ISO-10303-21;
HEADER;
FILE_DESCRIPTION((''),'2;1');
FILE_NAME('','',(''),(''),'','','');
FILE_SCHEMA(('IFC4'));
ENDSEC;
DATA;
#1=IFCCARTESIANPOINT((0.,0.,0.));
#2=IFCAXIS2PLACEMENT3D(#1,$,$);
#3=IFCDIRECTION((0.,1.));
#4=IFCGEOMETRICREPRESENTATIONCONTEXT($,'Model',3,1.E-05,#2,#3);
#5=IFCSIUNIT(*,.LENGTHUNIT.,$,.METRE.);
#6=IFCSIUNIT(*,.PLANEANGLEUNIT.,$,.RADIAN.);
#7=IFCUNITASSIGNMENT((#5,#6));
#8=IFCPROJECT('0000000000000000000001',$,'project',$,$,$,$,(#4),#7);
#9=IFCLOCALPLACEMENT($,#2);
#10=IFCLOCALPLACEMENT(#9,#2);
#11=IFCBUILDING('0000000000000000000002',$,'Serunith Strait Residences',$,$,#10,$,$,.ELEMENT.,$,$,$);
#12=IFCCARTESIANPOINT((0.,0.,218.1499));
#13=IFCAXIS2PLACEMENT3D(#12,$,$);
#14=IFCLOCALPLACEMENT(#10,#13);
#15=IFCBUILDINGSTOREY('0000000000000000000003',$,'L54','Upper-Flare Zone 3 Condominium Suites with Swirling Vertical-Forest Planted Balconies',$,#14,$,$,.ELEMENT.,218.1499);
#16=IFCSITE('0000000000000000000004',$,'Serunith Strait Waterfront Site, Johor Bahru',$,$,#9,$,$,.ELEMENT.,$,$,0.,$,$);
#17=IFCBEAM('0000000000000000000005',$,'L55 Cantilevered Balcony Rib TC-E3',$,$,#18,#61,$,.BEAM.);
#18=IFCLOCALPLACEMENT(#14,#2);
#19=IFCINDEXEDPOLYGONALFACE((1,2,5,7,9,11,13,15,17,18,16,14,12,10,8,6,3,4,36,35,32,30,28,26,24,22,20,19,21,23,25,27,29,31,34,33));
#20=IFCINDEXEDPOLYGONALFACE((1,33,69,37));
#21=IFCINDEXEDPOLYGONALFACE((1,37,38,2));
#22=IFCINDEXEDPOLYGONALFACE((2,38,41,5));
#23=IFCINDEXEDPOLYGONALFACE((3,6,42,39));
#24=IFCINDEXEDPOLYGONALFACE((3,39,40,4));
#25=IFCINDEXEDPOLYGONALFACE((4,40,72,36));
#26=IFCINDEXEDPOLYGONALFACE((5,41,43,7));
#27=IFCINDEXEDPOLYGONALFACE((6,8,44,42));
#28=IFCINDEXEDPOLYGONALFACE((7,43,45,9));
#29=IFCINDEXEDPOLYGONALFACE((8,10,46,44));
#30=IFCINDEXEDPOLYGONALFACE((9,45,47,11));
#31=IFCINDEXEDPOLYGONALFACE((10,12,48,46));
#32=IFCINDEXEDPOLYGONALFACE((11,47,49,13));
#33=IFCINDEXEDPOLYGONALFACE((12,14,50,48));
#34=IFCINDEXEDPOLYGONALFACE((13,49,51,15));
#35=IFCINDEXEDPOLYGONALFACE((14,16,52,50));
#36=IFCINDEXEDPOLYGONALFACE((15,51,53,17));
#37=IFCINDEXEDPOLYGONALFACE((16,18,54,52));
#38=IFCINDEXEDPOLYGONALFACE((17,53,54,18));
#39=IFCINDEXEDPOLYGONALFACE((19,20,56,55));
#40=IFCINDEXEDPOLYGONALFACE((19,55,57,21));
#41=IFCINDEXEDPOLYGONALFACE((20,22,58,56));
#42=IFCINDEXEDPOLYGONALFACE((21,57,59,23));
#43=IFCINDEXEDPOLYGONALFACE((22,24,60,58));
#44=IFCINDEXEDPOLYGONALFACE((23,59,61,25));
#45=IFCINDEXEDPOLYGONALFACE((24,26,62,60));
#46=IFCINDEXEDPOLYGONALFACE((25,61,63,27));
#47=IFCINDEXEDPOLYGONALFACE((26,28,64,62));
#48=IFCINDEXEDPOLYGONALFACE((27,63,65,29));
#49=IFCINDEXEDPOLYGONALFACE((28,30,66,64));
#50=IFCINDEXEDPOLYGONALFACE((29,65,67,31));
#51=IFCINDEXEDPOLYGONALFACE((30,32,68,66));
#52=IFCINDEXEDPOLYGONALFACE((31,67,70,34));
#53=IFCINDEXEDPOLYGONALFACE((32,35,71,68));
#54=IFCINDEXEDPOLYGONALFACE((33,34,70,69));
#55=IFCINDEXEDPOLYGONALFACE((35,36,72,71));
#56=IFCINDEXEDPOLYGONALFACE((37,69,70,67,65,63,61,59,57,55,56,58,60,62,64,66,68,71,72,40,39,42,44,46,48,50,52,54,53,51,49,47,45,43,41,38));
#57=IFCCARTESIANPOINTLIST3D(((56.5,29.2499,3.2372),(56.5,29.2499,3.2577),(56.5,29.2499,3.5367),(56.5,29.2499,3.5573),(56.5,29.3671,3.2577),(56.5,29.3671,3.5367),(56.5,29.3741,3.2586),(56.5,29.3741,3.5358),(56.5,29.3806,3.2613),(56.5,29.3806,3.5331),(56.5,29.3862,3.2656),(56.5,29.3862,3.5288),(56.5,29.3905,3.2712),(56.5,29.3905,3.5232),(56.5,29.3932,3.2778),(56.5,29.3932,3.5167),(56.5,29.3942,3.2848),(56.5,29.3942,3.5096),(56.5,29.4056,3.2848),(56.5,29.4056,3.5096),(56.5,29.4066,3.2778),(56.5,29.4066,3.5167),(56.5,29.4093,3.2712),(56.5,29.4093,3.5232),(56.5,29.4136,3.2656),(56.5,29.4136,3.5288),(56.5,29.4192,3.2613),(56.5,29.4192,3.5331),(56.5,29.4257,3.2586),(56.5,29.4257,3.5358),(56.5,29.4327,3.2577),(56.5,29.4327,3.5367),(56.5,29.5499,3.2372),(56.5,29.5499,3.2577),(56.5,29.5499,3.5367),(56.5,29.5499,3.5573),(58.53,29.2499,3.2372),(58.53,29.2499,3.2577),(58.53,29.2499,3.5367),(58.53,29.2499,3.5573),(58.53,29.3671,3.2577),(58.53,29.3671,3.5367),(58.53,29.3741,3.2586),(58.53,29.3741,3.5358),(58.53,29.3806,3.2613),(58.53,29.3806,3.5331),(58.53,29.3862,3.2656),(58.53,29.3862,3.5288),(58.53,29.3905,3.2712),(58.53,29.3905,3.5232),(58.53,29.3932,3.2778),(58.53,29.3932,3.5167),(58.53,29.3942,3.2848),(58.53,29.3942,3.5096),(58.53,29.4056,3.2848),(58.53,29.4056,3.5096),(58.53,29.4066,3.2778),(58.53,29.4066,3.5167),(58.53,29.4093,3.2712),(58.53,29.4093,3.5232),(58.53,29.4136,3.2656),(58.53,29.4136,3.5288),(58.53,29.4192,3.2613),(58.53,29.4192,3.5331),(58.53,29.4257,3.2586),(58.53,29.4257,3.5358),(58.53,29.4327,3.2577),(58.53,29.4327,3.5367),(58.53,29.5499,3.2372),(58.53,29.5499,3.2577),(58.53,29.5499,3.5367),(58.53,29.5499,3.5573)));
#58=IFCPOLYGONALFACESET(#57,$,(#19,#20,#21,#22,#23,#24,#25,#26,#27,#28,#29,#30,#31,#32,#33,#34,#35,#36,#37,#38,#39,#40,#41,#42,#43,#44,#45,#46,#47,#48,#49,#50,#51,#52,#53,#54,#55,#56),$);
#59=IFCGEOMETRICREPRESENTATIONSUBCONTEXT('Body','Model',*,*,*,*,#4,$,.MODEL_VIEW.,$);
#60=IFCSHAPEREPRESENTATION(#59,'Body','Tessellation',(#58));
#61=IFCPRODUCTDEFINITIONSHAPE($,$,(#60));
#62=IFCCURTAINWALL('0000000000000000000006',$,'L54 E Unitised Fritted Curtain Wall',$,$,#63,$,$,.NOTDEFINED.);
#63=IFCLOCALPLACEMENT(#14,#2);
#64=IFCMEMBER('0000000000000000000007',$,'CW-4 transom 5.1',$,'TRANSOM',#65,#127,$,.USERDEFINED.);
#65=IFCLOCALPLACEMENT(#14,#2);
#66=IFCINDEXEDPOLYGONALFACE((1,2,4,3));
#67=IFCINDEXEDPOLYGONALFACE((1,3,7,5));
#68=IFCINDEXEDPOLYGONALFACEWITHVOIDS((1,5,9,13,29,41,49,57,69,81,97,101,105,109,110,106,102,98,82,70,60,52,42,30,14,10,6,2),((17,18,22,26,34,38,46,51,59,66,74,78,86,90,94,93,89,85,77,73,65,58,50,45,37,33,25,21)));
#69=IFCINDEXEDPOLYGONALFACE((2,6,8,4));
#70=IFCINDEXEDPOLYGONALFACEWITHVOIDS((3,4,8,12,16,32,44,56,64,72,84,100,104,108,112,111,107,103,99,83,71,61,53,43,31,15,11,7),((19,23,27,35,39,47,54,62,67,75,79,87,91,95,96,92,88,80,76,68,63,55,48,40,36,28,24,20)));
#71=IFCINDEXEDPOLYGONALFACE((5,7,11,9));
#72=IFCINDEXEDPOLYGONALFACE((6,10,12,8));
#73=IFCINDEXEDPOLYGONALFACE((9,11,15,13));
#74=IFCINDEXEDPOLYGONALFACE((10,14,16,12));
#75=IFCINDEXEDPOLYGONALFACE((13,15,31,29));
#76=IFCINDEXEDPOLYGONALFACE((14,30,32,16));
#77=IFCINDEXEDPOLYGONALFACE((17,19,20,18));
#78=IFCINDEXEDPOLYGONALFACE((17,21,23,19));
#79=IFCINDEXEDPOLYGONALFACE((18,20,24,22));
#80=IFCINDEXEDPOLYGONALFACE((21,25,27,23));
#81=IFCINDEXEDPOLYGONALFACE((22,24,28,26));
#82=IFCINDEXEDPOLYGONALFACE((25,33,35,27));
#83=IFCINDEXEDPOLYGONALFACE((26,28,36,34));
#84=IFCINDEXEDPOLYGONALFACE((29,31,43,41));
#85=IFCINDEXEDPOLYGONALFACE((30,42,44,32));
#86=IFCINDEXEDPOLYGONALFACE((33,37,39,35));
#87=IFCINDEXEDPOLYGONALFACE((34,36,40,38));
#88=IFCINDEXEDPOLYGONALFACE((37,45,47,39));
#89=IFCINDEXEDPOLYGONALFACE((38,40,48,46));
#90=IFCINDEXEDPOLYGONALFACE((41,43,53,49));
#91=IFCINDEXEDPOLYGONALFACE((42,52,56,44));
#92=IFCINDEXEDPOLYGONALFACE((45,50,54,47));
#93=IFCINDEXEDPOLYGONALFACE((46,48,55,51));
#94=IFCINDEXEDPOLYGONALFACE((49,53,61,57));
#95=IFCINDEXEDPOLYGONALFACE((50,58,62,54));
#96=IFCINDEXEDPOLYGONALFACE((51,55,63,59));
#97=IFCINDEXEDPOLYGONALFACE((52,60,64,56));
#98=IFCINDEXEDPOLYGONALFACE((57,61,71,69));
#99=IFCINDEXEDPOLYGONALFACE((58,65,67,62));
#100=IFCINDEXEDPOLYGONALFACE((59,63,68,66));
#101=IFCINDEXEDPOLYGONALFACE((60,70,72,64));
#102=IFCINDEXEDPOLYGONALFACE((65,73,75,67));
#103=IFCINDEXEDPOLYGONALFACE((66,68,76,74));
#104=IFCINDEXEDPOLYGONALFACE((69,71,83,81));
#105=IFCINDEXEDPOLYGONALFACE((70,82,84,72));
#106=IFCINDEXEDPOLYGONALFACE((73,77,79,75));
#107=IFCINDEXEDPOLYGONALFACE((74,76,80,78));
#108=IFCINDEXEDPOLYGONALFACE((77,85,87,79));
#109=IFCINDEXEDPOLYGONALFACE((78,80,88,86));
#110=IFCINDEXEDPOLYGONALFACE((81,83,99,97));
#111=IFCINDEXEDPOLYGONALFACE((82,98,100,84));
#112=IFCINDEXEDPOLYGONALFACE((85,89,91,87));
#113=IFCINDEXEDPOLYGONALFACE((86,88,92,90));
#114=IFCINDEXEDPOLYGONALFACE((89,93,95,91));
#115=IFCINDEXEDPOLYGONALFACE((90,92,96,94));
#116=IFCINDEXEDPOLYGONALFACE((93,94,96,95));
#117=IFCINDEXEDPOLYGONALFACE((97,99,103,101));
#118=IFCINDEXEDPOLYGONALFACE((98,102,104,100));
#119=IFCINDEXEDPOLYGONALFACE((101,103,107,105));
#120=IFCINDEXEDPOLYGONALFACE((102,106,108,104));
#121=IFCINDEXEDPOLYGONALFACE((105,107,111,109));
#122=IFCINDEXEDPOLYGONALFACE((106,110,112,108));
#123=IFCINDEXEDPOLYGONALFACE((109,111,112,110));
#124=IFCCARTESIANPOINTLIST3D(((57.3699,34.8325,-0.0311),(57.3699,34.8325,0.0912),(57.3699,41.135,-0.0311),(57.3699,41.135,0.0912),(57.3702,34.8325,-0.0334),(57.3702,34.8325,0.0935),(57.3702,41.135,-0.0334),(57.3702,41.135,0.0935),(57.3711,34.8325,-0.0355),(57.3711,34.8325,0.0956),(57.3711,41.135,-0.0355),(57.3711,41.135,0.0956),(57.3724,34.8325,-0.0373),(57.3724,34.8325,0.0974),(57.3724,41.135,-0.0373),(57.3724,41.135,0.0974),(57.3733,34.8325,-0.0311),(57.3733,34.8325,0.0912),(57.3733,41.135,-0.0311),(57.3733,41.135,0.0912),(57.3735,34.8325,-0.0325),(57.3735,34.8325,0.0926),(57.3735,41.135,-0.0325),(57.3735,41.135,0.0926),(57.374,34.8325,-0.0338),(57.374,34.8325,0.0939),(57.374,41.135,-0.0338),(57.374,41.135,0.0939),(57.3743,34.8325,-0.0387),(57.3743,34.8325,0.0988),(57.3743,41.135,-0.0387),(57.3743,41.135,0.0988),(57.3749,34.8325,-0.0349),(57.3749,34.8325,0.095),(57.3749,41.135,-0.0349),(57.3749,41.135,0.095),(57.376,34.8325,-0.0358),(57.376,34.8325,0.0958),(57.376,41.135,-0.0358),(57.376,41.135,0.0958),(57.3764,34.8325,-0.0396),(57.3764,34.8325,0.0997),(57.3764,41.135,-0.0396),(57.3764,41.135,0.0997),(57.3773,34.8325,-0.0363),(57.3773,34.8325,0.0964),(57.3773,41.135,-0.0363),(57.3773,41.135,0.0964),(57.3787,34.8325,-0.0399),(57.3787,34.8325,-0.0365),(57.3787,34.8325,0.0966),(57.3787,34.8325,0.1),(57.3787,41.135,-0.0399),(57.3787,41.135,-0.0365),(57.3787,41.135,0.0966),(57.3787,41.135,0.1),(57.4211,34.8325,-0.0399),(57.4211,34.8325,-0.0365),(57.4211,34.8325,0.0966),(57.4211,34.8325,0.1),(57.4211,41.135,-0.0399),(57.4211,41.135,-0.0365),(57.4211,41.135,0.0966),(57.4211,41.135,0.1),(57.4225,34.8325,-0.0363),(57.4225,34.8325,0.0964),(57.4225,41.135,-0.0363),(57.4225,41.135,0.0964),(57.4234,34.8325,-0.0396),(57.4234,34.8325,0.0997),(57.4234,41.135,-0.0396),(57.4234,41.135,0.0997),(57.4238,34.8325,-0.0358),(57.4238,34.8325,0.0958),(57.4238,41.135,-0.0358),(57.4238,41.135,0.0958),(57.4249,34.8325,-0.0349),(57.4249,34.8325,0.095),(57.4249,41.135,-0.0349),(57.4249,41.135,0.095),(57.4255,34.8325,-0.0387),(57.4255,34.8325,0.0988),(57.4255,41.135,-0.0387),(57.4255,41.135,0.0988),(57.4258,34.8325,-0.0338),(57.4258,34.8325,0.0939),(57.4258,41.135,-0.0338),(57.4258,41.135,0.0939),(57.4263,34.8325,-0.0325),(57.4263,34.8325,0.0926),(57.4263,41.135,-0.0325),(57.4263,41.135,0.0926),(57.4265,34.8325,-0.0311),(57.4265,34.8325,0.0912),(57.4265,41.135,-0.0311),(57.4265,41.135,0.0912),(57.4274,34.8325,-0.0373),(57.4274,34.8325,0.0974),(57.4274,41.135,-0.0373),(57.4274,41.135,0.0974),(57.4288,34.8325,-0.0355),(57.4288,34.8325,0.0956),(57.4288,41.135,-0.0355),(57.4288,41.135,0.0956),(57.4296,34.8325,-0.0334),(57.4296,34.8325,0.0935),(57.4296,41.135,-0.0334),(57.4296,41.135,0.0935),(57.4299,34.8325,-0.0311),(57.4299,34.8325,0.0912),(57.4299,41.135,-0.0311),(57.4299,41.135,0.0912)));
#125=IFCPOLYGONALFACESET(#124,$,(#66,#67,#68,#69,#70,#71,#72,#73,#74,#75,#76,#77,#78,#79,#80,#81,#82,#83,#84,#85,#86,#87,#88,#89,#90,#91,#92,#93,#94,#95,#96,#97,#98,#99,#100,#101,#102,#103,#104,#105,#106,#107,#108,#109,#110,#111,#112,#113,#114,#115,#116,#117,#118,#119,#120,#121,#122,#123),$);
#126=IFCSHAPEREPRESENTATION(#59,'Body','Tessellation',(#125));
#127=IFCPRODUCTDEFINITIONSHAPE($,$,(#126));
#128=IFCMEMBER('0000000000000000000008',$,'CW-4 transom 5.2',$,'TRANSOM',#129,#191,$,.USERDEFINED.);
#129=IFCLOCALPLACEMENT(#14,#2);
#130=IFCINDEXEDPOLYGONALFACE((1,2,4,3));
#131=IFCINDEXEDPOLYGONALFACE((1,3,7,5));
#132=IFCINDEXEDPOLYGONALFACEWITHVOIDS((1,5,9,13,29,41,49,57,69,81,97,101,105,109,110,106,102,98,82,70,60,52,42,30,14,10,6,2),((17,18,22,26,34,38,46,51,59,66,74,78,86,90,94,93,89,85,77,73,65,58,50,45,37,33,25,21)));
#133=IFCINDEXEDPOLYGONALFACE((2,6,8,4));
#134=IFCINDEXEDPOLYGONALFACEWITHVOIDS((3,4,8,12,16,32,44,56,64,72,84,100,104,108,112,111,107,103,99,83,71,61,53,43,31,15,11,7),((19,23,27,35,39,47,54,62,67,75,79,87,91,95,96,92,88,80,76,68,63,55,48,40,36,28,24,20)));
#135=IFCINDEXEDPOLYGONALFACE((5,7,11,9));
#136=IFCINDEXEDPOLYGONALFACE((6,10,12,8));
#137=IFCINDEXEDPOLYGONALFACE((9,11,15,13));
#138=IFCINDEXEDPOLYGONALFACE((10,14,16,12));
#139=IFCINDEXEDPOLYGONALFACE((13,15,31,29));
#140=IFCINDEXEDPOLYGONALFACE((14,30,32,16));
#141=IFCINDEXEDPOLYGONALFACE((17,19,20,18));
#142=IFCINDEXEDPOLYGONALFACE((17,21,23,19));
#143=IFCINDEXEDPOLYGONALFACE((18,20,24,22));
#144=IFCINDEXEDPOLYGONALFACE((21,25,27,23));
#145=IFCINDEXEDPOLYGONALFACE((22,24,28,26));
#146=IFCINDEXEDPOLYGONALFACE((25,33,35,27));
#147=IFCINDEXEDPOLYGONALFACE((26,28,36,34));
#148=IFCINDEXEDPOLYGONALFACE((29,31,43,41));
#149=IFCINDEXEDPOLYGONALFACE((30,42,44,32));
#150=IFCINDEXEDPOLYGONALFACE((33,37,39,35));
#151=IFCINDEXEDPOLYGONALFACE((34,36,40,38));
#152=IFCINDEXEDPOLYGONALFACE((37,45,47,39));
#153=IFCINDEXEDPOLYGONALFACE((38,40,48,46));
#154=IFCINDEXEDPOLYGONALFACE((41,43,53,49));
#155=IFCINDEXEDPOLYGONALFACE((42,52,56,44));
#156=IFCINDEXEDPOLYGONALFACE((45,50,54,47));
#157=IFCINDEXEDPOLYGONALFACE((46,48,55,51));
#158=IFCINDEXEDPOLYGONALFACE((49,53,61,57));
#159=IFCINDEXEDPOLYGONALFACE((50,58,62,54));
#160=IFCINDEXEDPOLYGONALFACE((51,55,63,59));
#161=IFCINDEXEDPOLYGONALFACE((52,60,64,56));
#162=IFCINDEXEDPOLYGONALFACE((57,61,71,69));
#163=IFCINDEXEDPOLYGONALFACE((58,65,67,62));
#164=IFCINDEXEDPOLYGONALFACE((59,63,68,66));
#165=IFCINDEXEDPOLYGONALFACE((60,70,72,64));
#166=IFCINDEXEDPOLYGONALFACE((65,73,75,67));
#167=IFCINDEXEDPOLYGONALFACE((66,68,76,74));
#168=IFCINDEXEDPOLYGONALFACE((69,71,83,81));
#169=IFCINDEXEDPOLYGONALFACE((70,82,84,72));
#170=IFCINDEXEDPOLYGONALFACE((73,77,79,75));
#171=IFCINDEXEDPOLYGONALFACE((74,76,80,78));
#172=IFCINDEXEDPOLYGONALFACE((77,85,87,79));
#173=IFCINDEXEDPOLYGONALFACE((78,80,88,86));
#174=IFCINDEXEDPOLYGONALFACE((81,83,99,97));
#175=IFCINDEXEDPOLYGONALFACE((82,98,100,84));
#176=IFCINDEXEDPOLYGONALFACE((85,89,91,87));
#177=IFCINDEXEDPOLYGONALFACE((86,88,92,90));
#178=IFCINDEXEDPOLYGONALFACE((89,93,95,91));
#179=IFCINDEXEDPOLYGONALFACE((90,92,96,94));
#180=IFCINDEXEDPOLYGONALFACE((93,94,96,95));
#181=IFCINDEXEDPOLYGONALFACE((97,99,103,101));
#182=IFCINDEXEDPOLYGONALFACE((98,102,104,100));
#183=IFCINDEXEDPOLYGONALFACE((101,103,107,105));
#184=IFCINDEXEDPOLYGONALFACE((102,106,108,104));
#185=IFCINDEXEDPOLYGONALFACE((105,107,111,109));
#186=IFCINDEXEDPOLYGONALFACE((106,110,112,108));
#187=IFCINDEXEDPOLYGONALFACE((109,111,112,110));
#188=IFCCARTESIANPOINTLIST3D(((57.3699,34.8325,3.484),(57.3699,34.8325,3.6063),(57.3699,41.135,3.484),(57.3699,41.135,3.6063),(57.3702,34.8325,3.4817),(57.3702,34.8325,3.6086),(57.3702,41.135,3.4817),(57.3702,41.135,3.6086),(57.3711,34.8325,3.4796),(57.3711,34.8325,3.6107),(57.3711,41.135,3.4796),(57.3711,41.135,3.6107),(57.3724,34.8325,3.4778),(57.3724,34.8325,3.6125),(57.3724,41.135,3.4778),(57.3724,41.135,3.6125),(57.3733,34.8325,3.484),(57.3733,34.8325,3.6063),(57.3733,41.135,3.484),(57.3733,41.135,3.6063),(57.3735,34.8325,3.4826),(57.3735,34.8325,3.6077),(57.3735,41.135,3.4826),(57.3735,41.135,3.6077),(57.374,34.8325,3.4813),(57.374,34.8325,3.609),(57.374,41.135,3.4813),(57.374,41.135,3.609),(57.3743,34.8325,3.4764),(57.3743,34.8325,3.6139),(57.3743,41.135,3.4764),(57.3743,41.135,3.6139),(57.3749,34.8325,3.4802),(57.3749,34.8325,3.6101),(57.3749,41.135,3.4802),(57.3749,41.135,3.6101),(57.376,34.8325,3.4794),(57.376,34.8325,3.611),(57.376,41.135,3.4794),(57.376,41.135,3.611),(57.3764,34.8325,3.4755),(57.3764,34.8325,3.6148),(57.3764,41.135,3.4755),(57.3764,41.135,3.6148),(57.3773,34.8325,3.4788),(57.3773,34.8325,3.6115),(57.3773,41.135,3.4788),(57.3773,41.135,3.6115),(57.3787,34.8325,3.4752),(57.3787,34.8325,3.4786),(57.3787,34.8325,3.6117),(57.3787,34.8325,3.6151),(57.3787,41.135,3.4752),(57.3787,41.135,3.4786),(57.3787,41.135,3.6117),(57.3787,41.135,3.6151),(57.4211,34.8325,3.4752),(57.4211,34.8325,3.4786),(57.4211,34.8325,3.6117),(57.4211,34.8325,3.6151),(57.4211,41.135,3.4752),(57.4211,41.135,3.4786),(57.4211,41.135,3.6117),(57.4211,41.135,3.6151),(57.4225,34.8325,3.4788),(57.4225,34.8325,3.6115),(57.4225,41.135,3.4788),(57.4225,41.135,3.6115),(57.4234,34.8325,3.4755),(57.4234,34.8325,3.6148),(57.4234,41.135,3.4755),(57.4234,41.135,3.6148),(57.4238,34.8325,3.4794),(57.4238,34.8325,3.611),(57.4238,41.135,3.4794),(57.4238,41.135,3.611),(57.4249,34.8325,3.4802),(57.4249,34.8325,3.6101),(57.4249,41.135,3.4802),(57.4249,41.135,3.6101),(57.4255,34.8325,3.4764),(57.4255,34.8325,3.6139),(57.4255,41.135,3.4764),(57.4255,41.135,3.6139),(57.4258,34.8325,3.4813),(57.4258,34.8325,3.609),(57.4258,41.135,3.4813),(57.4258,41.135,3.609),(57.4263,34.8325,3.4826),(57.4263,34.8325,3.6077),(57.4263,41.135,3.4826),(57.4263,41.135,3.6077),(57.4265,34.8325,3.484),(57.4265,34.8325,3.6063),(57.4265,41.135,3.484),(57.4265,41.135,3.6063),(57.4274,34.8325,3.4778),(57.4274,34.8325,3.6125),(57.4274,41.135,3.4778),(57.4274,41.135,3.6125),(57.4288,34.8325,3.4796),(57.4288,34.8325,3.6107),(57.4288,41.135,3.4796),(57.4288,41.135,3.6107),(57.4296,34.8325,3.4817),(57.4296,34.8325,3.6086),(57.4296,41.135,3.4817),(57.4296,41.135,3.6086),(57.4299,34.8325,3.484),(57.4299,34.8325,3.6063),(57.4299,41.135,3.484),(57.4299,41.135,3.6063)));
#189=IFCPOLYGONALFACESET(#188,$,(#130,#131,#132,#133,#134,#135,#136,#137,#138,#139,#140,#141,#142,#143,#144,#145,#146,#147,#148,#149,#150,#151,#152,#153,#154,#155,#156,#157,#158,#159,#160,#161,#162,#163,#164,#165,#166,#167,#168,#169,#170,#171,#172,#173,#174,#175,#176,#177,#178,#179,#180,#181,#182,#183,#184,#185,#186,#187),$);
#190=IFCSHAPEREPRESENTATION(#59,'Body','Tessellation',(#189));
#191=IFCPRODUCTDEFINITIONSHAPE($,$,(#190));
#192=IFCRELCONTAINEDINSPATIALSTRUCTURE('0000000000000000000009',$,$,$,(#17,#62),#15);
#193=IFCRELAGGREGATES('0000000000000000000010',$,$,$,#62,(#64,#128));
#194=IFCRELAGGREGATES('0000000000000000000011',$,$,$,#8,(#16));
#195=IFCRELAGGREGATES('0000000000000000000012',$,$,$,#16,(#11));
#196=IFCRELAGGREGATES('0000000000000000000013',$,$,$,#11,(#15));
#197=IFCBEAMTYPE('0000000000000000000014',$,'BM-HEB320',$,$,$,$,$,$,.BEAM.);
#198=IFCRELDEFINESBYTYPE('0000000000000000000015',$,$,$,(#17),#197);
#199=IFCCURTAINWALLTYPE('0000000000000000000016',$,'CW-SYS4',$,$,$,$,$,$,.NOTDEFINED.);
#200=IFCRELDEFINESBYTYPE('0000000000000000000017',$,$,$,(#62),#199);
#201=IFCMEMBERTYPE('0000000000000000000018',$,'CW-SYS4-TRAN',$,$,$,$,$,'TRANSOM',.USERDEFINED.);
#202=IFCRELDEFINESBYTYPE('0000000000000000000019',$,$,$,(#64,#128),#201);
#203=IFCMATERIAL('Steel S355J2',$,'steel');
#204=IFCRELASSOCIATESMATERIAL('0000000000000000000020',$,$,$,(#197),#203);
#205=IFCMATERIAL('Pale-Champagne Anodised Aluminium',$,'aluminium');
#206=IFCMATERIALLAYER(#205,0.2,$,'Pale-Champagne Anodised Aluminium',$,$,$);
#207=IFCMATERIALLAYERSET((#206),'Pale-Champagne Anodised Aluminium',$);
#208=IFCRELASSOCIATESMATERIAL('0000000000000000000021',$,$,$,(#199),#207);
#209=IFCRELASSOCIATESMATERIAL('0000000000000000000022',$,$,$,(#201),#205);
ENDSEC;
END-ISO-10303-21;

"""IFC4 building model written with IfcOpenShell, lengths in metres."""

from ifc_helpers import new_model, si_unit, direction, frame, origin, origin_2d, place, context, subcontext, project, spatial, hollow_rectangle, i_section, extrude, source, transform, mapped, material, layer, layer_set, material_profile, profile_set, type_object, element, aggregate, save


model = new_model("IFC4")

# Units and contexts
model_context = context("Model", 3, precision=1e-05, world=origin(), true_north=direction((0.0, 1.0)))
body_context = subcontext(model_context, "Body", "Model", "MODEL_VIEW")
ifc_project = project(units=[si_unit("LENGTHUNIT", "METRE"), si_unit("PLANEANGLEUNIT", "RADIAN")], contexts=[model_context])

# Site, building, storey
site_placement = place(None, origin())
site = spatial("IfcSite", under=ifc_project, at=site_placement, Name="Serunith Strait Waterfront Site, Johor Bahru", CompositionType="ELEMENT", RefElevation=0.0)
building_placement = place(site_placement, origin())
building = spatial("IfcBuilding", under=site, at=building_placement, Name="Serunith Strait Residences", CompositionType="ELEMENT")
storey_placement = place(building_placement, frame((0.0, 0.0, 218.1499)))
storey = spatial("IfcBuildingStorey", under=building, at=storey_placement, Name="L54", Description="Upper-Flare Zone 3 Condominium Suites with Swirling Vertical-Forest Planted Balconies", CompositionType="ELEMENT", Elevation=218.1499)

# Beam
ifc_material_1 = material(Name="Steel S355J2", Category="steel")
ifc_material_profile_1 = material_profile(ifc_material_1, i_section(OverallWidth=0.3, OverallDepth=0.3201, WebThickness=0.0115, FlangeThickness=0.0205, FilletRadius=0.0271, at=origin_2d()), Name="HEB 320")
ifc_profile_set_1 = profile_set([ifc_material_profile_1], Name="Steel S355J2")
beam_type_1 = type_object("IfcBeamType", Name="BM-HEB320", PredefinedType="BEAM", material=ifc_profile_set_1)
shared_shape_1 = source(origin(), body_context, "Body", "SweptSolid", [
    extrude(i_section(OverallWidth=0.3, OverallDepth=0.3201, WebThickness=0.0115, FlangeThickness=0.0205, FilletRadius=0.0271, at=origin_2d()), origin(), (0.0, 0.0, 1.0), 2.03),
])
beam_1_placement = place(storey_placement, frame((56.5, 29.3999, 3.3972), z_axis=(1.0, 0.0, 0.0), x_axis=(0.0, 1.0, 0.0)))
element("IfcBeam", 1, at=beam_1_placement, inside=storey, type_object=beam_type_1, Name="L55 Cantilevered Balcony Rib TC-E3", PredefinedType="BEAM", context=body_context, shape_type="MappedRepresentation", body=[
    mapped(shared_shape_1, transform((0.0, 0.0, 0.0), scale=1.0)),
])

# Curtain wall, members
ifc_material_2 = material(Name="Pale-Champagne Anodised Aluminium", Category="aluminium")
ifc_layer_1 = layer(ifc_material_2, 0.2, Name="Pale-Champagne Anodised Aluminium")
ifc_layer_set_1 = layer_set([ifc_layer_1], Name="Pale-Champagne Anodised Aluminium")
curtain_wall_type = type_object("IfcCurtainWallType", Name="CW-SYS4", PredefinedType="NOTDEFINED", material=ifc_layer_set_1)
curtain_wall_placement = place(storey_placement, origin())
curtain_wall = element("IfcCurtainWall", 2, at=curtain_wall_placement, inside=storey, type_object=curtain_wall_type, Name="L54 E Unitised Fritted Curtain Wall", PredefinedType="NOTDEFINED")
ifc_material_profile_2 = material_profile(ifc_material_2, hollow_rectangle(XDim=0.0601, YDim=0.1399, WallThickness=0.0034, InnerFilletRadius=0.0054, OuterFilletRadius=0.0088, at=origin_2d()), Name="ALU 140x60x3.5")
ifc_profile_set_2 = profile_set([ifc_material_profile_2], Name="Pale-Champagne Anodised Aluminium")
member_type_1 = type_object("IfcMemberType", Name="CW-SYS4-TRAN", ElementType="TRANSOM", PredefinedType="USERDEFINED", material=ifc_profile_set_2)
shared_shape_2 = source(origin(), body_context, "Body", "SweptSolid", [
    extrude(hollow_rectangle(XDim=0.0601, YDim=0.1399, WallThickness=0.0034, InnerFilletRadius=0.0054, OuterFilletRadius=0.0088, at=origin_2d()), origin(), (0.0, 0.0, 1.0), 6.3025),
])
member_1_placement = place(storey_placement, frame((57.3999, 34.8325, 0.03), z_axis=(0.0, 1.0, 0.0), x_axis=(-1.0, 0.0, 0.0)))
member_1 = element("IfcMember", 3, at=member_1_placement, type_object=member_type_1, Name="CW-4 transom 5.1", ObjectType="TRANSOM", PredefinedType="USERDEFINED", context=body_context, shape_type="MappedRepresentation", body=[
    mapped(shared_shape_2, transform((0.0, 0.0, 0.0), scale=1.0)),
])
member_2_placement = place(storey_placement, frame((57.3999, 34.8325, 3.5452), z_axis=(0.0, 1.0, 0.0), x_axis=(-1.0, 0.0, 0.0)))
member_2 = element("IfcMember", 4, at=member_2_placement, type_object=member_type_1, Name="CW-4 transom 5.2", ObjectType="TRANSOM", PredefinedType="USERDEFINED", context=body_context, shape_type="MappedRepresentation", body=[
    mapped(shared_shape_2, transform((0.0, 0.0, 0.0), scale=1.0)),
])
aggregate(curtain_wall, [member_1, member_2])

save(model, "model.ifc")
